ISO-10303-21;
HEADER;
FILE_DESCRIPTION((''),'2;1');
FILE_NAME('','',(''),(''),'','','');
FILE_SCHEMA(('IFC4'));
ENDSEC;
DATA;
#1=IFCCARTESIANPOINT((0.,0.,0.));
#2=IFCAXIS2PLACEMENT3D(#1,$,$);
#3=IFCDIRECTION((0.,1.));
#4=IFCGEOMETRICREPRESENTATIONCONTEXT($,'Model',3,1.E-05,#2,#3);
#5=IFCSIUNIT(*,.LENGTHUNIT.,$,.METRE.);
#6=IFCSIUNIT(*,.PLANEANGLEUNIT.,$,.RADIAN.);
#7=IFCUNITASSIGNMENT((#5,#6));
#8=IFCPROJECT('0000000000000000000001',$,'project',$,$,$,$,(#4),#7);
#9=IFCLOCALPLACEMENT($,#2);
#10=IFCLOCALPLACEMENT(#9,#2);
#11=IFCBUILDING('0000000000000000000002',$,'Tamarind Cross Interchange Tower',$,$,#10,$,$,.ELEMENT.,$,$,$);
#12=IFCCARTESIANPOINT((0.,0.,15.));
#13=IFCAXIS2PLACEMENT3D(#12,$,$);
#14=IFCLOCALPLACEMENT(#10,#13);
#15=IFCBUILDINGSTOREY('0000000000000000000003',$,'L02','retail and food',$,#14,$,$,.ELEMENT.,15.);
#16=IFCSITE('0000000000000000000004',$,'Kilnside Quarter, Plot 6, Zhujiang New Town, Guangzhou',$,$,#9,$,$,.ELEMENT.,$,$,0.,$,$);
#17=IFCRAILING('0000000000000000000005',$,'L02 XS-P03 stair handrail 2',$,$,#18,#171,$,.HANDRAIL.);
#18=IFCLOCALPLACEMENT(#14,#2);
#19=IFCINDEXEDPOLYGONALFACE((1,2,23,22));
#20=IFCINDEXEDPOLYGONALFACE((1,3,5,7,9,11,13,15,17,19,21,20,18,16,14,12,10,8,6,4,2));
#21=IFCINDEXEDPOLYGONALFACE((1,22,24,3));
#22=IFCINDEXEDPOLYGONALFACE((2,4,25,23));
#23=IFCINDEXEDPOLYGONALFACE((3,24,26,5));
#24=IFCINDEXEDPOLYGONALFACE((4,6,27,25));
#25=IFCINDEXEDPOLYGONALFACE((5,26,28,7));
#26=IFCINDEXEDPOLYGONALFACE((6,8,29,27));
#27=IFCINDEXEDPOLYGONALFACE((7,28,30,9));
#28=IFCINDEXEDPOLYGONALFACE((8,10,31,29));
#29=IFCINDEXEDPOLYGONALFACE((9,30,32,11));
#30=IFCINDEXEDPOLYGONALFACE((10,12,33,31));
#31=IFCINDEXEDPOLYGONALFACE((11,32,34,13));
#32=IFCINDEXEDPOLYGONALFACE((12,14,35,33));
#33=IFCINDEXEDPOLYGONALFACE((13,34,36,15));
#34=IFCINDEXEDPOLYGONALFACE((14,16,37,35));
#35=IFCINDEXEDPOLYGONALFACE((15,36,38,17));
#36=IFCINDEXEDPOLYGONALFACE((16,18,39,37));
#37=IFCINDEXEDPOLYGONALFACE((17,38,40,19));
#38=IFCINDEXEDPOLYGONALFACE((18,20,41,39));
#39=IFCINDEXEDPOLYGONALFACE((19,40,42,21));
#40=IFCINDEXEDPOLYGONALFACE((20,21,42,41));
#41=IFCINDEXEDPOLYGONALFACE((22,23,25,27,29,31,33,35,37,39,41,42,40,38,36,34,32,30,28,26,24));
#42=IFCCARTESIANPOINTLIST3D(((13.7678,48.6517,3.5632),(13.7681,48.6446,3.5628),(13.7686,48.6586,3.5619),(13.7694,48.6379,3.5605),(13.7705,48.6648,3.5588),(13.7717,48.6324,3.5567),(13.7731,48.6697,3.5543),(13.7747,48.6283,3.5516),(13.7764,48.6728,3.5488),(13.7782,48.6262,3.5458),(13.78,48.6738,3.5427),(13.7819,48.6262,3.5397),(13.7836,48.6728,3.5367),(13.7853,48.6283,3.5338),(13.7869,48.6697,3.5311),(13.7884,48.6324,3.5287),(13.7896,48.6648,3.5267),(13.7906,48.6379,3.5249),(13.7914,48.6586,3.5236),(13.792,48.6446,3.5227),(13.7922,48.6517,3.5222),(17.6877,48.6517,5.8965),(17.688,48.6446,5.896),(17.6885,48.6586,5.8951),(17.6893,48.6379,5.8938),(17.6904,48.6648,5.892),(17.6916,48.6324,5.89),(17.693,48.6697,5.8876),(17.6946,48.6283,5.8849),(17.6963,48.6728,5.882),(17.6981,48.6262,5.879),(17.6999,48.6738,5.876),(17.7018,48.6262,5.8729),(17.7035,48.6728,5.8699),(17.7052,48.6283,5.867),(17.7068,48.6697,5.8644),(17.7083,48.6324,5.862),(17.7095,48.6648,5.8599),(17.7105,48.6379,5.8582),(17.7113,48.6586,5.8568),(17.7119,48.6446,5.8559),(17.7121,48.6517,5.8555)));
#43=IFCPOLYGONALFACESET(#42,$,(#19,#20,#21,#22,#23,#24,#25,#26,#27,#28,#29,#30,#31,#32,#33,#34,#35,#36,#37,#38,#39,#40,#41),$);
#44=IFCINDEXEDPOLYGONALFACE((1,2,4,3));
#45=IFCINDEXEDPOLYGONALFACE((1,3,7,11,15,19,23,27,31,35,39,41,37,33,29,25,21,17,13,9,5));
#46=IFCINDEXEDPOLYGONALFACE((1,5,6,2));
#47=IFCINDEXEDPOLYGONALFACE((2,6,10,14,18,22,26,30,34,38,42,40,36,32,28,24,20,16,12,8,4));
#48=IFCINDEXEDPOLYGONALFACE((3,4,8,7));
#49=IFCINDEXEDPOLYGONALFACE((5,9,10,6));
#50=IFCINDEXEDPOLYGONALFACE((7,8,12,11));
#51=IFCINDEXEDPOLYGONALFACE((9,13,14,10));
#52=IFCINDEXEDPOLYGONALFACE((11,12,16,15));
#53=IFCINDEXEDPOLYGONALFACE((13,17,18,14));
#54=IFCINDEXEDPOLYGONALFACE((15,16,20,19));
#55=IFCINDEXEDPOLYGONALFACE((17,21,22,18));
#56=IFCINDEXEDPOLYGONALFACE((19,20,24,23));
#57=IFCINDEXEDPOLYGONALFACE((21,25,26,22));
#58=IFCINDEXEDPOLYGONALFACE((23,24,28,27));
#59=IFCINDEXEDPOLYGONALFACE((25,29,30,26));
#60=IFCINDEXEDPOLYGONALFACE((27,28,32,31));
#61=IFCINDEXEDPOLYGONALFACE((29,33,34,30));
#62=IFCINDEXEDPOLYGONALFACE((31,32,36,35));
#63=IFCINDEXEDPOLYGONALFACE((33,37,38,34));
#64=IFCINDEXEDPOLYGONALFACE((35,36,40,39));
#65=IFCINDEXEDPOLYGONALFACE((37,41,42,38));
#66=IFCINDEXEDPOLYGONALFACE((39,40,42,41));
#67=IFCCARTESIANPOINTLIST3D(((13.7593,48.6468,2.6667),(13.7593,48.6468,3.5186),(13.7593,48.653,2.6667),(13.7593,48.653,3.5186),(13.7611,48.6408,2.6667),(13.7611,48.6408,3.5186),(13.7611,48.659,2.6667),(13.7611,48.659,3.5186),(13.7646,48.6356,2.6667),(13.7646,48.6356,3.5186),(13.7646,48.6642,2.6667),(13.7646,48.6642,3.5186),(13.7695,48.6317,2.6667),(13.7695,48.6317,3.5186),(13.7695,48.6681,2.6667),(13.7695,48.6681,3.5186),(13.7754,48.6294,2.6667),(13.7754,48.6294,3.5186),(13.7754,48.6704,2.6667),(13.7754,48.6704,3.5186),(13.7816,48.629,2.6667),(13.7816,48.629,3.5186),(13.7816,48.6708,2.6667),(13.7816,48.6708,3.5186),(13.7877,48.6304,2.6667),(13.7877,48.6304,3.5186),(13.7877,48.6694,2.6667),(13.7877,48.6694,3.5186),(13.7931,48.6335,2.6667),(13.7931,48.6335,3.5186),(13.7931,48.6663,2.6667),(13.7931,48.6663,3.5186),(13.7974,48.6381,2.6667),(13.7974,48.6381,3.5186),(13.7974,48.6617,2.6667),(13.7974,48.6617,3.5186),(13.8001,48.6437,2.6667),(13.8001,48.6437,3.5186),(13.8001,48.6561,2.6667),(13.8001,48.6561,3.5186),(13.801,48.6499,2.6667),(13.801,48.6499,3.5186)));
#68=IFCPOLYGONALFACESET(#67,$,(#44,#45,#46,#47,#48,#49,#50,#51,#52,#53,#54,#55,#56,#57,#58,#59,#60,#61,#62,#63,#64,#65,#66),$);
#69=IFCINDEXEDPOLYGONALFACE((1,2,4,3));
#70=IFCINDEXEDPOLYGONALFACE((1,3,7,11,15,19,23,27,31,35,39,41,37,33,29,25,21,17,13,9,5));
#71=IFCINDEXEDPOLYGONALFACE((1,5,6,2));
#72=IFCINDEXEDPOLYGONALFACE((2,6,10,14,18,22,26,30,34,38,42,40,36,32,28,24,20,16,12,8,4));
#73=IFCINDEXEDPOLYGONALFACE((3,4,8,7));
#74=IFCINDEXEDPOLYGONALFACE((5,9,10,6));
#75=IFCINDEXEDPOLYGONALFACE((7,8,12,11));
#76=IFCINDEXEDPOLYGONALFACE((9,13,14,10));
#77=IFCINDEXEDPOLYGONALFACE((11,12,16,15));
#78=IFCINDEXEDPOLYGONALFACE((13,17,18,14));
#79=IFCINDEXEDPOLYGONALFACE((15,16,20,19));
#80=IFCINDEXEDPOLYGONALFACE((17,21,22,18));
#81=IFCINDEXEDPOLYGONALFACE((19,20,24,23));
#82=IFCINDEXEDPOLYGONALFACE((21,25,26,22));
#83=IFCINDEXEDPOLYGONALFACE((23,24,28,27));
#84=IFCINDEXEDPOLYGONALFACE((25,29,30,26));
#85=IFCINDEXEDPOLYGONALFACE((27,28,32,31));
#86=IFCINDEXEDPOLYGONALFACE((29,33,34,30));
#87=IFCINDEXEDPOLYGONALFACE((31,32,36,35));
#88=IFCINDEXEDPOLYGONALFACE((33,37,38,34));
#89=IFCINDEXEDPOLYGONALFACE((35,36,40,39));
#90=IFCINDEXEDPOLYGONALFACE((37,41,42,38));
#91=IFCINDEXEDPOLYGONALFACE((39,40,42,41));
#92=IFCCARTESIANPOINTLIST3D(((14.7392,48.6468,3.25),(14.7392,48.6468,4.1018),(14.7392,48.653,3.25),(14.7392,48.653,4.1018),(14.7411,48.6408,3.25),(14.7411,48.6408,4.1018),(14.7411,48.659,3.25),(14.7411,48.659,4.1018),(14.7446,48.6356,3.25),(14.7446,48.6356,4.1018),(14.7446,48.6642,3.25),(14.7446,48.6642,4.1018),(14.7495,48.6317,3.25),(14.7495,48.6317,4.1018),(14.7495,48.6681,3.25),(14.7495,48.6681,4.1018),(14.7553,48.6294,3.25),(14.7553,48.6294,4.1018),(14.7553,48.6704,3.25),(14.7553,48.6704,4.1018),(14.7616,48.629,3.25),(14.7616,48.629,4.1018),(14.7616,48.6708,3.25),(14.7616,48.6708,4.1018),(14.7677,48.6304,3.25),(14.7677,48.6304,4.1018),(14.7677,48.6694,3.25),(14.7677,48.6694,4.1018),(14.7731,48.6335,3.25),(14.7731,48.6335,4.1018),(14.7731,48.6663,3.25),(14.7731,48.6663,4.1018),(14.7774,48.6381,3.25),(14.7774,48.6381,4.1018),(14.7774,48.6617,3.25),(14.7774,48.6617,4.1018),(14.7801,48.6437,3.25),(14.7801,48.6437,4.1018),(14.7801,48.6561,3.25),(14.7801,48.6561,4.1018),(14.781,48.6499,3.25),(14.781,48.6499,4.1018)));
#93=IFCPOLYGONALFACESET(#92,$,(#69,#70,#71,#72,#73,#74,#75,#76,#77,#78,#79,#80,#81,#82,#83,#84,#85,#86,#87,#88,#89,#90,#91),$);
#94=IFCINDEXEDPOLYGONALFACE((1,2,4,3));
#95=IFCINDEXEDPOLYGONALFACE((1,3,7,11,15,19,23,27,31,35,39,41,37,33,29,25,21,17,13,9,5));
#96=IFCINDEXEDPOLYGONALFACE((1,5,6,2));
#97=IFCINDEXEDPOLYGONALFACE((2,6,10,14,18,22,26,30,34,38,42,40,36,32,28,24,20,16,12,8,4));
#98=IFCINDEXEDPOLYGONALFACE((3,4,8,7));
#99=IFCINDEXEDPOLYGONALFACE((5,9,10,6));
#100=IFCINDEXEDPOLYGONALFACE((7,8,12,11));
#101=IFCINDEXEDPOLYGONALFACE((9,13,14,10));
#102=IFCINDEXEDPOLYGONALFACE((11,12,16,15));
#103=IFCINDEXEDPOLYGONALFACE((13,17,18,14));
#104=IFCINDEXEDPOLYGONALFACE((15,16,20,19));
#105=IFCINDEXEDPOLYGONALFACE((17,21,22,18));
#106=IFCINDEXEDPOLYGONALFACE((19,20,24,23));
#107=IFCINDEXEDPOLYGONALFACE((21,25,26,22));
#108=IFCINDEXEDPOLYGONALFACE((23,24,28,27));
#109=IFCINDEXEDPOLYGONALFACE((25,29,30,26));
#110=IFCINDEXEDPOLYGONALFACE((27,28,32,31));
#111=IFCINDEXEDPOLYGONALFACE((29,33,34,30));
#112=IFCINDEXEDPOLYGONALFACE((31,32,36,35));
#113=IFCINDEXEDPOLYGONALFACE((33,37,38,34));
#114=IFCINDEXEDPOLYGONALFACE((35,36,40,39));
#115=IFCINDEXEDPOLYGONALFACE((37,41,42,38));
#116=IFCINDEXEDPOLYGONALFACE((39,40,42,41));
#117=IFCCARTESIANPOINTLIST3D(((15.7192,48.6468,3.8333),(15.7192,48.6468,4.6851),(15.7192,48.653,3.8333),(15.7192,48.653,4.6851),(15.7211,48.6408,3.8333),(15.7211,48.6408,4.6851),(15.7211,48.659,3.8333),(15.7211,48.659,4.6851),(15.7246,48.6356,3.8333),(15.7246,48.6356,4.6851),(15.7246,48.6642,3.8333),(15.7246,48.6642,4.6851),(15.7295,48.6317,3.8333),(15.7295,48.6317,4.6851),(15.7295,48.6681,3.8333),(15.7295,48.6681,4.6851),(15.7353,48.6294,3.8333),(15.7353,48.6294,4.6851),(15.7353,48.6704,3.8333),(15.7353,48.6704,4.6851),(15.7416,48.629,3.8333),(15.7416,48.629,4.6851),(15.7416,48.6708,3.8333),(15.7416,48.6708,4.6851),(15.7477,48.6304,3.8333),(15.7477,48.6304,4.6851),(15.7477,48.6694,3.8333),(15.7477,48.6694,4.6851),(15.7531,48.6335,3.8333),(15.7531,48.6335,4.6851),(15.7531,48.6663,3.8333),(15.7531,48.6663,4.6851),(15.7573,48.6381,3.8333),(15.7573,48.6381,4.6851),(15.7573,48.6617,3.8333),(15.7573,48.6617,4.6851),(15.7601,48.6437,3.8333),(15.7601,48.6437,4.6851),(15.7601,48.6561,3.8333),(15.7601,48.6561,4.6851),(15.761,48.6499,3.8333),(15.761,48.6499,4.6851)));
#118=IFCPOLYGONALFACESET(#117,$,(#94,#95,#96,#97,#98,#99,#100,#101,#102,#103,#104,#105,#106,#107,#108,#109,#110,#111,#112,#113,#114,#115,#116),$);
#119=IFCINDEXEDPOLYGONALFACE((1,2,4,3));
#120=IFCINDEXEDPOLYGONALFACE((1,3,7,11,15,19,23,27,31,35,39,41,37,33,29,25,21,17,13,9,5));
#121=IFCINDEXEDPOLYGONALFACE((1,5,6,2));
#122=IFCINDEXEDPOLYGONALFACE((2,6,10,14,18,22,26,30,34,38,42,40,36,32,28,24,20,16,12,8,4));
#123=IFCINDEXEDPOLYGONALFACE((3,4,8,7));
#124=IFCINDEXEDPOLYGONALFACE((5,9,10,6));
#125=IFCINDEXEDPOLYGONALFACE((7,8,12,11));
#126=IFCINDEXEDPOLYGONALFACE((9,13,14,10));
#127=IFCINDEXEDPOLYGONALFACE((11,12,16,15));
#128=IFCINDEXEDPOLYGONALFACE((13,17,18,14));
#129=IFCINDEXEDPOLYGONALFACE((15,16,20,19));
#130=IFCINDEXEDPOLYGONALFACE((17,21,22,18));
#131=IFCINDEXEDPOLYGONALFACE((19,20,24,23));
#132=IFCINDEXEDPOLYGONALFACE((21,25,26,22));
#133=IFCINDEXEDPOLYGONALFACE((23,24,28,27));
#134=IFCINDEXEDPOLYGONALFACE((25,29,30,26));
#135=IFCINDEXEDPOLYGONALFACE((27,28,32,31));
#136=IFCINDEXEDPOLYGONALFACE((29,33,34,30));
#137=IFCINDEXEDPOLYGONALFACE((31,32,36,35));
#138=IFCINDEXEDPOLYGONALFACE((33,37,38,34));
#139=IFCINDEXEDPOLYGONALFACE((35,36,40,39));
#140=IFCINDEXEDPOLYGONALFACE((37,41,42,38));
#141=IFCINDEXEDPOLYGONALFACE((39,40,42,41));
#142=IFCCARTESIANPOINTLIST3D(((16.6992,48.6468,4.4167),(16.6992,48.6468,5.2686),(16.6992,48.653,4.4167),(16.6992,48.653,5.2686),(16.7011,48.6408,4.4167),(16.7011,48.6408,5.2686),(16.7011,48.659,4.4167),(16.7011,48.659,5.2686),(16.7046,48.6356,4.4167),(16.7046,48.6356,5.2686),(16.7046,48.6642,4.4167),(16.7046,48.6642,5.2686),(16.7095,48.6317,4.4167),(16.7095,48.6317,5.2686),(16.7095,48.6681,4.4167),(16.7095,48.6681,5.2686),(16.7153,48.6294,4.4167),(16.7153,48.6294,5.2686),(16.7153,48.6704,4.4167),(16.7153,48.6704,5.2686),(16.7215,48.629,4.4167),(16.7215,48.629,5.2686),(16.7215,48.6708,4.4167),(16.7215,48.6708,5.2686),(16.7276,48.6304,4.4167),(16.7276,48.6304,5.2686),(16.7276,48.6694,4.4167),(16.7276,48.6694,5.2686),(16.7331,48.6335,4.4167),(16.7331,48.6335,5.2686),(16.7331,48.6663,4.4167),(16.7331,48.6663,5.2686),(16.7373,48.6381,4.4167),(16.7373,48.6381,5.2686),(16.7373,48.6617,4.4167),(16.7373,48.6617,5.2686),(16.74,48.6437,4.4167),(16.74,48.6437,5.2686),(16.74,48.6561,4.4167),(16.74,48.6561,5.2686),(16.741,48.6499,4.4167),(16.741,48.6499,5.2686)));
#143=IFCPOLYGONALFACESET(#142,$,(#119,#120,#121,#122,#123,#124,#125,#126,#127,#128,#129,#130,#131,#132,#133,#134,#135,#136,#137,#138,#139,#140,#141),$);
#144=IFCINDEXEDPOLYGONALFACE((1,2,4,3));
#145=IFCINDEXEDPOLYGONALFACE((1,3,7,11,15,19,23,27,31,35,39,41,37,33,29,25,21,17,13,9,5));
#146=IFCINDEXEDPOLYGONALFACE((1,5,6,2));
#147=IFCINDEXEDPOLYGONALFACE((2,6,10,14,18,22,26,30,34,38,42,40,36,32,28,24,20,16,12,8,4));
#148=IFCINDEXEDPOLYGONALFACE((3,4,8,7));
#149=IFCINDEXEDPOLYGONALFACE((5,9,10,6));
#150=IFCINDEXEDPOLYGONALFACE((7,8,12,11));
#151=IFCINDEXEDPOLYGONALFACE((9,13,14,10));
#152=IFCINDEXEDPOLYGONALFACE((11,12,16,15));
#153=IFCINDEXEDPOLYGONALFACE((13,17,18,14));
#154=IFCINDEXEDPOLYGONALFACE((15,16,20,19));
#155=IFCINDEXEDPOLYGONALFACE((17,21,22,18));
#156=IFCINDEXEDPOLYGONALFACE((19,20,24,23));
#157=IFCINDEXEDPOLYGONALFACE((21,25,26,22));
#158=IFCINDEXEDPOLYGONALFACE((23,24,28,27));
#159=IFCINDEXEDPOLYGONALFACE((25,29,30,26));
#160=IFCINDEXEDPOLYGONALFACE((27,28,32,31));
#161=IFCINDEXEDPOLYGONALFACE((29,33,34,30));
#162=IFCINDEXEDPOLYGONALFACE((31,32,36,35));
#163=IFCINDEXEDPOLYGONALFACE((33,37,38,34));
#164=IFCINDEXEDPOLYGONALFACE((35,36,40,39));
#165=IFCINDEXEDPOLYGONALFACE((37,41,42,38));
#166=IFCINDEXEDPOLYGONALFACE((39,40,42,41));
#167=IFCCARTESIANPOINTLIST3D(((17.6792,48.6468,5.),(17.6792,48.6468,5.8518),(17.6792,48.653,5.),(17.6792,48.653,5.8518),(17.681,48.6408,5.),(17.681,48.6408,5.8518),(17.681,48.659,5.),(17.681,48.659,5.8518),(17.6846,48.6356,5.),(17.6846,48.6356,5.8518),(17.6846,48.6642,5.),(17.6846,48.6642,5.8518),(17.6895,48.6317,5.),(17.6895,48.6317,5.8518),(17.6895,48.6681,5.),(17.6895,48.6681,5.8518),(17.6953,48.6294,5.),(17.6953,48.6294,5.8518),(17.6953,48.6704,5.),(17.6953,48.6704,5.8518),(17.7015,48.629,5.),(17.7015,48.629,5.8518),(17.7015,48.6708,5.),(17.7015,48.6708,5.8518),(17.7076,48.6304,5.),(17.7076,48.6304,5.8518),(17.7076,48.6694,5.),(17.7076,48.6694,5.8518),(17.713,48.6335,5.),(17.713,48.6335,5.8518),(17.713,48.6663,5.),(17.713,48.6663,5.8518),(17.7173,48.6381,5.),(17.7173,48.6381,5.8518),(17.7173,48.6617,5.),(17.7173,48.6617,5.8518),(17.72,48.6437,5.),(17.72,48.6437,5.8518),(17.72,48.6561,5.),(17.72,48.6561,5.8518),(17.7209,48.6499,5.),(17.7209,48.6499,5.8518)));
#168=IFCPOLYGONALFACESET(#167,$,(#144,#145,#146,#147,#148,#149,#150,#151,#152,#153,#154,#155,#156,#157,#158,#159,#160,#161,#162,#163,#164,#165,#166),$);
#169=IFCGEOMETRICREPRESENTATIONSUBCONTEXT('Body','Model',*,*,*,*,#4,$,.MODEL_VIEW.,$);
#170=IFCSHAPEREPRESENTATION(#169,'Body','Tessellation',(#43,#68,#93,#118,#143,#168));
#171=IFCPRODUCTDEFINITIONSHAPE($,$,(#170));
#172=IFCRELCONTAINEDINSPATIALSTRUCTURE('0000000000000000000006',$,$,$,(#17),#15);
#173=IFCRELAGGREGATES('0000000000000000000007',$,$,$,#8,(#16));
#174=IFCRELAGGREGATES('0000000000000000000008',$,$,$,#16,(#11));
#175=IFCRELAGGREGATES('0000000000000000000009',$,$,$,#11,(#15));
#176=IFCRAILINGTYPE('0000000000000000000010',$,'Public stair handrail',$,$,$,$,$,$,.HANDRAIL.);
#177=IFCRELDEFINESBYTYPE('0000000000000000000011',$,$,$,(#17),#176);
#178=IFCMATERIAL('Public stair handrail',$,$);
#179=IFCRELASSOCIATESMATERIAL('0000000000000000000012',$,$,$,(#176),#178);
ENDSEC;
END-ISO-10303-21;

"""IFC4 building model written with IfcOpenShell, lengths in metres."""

from ifc_helpers import new_model, si_unit, direction, frame, origin, origin_2d, place, context, subcontext, project, spatial, circle, extrude, material, type_object, element, save


model = new_model("IFC4")

# Units and contexts
model_context = context("Model", 3, precision=1e-05, world=origin(), true_north=direction((0.0, 1.0)))
body_context = subcontext(model_context, "Body", "Model", "MODEL_VIEW")
ifc_project = project(units=[si_unit("LENGTHUNIT", "METRE"), si_unit("PLANEANGLEUNIT", "RADIAN")], contexts=[model_context])

# Site, building, storey
site_placement = place(None, origin())
site = spatial("IfcSite", under=ifc_project, at=site_placement, Name="Kilnside Quarter, Plot 6, Zhujiang New Town, Guangzhou", CompositionType="ELEMENT", RefElevation=0.0)
building_placement = place(site_placement, origin())
building = spatial("IfcBuilding", under=site, at=building_placement, Name="Tamarind Cross Interchange Tower", CompositionType="ELEMENT")
storey_placement = place(building_placement, frame((0.0, 0.0, 15.0)))
storey = spatial("IfcBuildingStorey", under=building, at=storey_placement, Name="L02", Description="retail and food", CompositionType="ELEMENT", Elevation=15.0)

# Railing
ifc_material_1 = material(Name="Public stair handrail")
railing_type_1 = type_object("IfcRailingType", Name="Public stair handrail", PredefinedType="HANDRAIL", material=ifc_material_1)
railing_1_placement = place(storey_placement, frame((13.78, 48.6499, 2.6667)))
element("IfcRailing", 1, at=railing_1_placement, inside=storey, type_object=railing_type_1, Name="L02 XS-P03 stair handrail 2", PredefinedType="HANDRAIL", context=body_context, shape_type="SweptSolid", body=[
    extrude(circle(Radius=0.0239, at=origin_2d()), frame((0.0, 0.0, 0.876), z_axis=(0.859296, 0.0, 0.511478), x_axis=(0.0, 1.0, 0.0)), (0.0, 0.0, 1.0), 4.5618),
    extrude(circle(Radius=0.021, at=origin_2d()), origin(), (0.0, 0.0, 1.0), 0.8518),
    extrude(circle(Radius=0.021, at=origin_2d()), frame((0.98, 0.0, 0.5833)), (0.0, 0.0, 1.0), 0.8518),
    extrude(circle(Radius=0.021, at=origin_2d()), frame((1.96, 0.0, 1.1665)), (0.0, 0.0, 1.0), 0.8518),
    extrude(circle(Radius=0.021, at=origin_2d()), frame((2.9399, 0.0, 1.75)), (0.0, 0.0, 1.0), 0.8518),
    extrude(circle(Radius=0.021, at=origin_2d()), frame((3.9199, 0.0, 2.3333)), (0.0, 0.0, 1.0), 0.8518),
])

save(model, "model.ifc")
